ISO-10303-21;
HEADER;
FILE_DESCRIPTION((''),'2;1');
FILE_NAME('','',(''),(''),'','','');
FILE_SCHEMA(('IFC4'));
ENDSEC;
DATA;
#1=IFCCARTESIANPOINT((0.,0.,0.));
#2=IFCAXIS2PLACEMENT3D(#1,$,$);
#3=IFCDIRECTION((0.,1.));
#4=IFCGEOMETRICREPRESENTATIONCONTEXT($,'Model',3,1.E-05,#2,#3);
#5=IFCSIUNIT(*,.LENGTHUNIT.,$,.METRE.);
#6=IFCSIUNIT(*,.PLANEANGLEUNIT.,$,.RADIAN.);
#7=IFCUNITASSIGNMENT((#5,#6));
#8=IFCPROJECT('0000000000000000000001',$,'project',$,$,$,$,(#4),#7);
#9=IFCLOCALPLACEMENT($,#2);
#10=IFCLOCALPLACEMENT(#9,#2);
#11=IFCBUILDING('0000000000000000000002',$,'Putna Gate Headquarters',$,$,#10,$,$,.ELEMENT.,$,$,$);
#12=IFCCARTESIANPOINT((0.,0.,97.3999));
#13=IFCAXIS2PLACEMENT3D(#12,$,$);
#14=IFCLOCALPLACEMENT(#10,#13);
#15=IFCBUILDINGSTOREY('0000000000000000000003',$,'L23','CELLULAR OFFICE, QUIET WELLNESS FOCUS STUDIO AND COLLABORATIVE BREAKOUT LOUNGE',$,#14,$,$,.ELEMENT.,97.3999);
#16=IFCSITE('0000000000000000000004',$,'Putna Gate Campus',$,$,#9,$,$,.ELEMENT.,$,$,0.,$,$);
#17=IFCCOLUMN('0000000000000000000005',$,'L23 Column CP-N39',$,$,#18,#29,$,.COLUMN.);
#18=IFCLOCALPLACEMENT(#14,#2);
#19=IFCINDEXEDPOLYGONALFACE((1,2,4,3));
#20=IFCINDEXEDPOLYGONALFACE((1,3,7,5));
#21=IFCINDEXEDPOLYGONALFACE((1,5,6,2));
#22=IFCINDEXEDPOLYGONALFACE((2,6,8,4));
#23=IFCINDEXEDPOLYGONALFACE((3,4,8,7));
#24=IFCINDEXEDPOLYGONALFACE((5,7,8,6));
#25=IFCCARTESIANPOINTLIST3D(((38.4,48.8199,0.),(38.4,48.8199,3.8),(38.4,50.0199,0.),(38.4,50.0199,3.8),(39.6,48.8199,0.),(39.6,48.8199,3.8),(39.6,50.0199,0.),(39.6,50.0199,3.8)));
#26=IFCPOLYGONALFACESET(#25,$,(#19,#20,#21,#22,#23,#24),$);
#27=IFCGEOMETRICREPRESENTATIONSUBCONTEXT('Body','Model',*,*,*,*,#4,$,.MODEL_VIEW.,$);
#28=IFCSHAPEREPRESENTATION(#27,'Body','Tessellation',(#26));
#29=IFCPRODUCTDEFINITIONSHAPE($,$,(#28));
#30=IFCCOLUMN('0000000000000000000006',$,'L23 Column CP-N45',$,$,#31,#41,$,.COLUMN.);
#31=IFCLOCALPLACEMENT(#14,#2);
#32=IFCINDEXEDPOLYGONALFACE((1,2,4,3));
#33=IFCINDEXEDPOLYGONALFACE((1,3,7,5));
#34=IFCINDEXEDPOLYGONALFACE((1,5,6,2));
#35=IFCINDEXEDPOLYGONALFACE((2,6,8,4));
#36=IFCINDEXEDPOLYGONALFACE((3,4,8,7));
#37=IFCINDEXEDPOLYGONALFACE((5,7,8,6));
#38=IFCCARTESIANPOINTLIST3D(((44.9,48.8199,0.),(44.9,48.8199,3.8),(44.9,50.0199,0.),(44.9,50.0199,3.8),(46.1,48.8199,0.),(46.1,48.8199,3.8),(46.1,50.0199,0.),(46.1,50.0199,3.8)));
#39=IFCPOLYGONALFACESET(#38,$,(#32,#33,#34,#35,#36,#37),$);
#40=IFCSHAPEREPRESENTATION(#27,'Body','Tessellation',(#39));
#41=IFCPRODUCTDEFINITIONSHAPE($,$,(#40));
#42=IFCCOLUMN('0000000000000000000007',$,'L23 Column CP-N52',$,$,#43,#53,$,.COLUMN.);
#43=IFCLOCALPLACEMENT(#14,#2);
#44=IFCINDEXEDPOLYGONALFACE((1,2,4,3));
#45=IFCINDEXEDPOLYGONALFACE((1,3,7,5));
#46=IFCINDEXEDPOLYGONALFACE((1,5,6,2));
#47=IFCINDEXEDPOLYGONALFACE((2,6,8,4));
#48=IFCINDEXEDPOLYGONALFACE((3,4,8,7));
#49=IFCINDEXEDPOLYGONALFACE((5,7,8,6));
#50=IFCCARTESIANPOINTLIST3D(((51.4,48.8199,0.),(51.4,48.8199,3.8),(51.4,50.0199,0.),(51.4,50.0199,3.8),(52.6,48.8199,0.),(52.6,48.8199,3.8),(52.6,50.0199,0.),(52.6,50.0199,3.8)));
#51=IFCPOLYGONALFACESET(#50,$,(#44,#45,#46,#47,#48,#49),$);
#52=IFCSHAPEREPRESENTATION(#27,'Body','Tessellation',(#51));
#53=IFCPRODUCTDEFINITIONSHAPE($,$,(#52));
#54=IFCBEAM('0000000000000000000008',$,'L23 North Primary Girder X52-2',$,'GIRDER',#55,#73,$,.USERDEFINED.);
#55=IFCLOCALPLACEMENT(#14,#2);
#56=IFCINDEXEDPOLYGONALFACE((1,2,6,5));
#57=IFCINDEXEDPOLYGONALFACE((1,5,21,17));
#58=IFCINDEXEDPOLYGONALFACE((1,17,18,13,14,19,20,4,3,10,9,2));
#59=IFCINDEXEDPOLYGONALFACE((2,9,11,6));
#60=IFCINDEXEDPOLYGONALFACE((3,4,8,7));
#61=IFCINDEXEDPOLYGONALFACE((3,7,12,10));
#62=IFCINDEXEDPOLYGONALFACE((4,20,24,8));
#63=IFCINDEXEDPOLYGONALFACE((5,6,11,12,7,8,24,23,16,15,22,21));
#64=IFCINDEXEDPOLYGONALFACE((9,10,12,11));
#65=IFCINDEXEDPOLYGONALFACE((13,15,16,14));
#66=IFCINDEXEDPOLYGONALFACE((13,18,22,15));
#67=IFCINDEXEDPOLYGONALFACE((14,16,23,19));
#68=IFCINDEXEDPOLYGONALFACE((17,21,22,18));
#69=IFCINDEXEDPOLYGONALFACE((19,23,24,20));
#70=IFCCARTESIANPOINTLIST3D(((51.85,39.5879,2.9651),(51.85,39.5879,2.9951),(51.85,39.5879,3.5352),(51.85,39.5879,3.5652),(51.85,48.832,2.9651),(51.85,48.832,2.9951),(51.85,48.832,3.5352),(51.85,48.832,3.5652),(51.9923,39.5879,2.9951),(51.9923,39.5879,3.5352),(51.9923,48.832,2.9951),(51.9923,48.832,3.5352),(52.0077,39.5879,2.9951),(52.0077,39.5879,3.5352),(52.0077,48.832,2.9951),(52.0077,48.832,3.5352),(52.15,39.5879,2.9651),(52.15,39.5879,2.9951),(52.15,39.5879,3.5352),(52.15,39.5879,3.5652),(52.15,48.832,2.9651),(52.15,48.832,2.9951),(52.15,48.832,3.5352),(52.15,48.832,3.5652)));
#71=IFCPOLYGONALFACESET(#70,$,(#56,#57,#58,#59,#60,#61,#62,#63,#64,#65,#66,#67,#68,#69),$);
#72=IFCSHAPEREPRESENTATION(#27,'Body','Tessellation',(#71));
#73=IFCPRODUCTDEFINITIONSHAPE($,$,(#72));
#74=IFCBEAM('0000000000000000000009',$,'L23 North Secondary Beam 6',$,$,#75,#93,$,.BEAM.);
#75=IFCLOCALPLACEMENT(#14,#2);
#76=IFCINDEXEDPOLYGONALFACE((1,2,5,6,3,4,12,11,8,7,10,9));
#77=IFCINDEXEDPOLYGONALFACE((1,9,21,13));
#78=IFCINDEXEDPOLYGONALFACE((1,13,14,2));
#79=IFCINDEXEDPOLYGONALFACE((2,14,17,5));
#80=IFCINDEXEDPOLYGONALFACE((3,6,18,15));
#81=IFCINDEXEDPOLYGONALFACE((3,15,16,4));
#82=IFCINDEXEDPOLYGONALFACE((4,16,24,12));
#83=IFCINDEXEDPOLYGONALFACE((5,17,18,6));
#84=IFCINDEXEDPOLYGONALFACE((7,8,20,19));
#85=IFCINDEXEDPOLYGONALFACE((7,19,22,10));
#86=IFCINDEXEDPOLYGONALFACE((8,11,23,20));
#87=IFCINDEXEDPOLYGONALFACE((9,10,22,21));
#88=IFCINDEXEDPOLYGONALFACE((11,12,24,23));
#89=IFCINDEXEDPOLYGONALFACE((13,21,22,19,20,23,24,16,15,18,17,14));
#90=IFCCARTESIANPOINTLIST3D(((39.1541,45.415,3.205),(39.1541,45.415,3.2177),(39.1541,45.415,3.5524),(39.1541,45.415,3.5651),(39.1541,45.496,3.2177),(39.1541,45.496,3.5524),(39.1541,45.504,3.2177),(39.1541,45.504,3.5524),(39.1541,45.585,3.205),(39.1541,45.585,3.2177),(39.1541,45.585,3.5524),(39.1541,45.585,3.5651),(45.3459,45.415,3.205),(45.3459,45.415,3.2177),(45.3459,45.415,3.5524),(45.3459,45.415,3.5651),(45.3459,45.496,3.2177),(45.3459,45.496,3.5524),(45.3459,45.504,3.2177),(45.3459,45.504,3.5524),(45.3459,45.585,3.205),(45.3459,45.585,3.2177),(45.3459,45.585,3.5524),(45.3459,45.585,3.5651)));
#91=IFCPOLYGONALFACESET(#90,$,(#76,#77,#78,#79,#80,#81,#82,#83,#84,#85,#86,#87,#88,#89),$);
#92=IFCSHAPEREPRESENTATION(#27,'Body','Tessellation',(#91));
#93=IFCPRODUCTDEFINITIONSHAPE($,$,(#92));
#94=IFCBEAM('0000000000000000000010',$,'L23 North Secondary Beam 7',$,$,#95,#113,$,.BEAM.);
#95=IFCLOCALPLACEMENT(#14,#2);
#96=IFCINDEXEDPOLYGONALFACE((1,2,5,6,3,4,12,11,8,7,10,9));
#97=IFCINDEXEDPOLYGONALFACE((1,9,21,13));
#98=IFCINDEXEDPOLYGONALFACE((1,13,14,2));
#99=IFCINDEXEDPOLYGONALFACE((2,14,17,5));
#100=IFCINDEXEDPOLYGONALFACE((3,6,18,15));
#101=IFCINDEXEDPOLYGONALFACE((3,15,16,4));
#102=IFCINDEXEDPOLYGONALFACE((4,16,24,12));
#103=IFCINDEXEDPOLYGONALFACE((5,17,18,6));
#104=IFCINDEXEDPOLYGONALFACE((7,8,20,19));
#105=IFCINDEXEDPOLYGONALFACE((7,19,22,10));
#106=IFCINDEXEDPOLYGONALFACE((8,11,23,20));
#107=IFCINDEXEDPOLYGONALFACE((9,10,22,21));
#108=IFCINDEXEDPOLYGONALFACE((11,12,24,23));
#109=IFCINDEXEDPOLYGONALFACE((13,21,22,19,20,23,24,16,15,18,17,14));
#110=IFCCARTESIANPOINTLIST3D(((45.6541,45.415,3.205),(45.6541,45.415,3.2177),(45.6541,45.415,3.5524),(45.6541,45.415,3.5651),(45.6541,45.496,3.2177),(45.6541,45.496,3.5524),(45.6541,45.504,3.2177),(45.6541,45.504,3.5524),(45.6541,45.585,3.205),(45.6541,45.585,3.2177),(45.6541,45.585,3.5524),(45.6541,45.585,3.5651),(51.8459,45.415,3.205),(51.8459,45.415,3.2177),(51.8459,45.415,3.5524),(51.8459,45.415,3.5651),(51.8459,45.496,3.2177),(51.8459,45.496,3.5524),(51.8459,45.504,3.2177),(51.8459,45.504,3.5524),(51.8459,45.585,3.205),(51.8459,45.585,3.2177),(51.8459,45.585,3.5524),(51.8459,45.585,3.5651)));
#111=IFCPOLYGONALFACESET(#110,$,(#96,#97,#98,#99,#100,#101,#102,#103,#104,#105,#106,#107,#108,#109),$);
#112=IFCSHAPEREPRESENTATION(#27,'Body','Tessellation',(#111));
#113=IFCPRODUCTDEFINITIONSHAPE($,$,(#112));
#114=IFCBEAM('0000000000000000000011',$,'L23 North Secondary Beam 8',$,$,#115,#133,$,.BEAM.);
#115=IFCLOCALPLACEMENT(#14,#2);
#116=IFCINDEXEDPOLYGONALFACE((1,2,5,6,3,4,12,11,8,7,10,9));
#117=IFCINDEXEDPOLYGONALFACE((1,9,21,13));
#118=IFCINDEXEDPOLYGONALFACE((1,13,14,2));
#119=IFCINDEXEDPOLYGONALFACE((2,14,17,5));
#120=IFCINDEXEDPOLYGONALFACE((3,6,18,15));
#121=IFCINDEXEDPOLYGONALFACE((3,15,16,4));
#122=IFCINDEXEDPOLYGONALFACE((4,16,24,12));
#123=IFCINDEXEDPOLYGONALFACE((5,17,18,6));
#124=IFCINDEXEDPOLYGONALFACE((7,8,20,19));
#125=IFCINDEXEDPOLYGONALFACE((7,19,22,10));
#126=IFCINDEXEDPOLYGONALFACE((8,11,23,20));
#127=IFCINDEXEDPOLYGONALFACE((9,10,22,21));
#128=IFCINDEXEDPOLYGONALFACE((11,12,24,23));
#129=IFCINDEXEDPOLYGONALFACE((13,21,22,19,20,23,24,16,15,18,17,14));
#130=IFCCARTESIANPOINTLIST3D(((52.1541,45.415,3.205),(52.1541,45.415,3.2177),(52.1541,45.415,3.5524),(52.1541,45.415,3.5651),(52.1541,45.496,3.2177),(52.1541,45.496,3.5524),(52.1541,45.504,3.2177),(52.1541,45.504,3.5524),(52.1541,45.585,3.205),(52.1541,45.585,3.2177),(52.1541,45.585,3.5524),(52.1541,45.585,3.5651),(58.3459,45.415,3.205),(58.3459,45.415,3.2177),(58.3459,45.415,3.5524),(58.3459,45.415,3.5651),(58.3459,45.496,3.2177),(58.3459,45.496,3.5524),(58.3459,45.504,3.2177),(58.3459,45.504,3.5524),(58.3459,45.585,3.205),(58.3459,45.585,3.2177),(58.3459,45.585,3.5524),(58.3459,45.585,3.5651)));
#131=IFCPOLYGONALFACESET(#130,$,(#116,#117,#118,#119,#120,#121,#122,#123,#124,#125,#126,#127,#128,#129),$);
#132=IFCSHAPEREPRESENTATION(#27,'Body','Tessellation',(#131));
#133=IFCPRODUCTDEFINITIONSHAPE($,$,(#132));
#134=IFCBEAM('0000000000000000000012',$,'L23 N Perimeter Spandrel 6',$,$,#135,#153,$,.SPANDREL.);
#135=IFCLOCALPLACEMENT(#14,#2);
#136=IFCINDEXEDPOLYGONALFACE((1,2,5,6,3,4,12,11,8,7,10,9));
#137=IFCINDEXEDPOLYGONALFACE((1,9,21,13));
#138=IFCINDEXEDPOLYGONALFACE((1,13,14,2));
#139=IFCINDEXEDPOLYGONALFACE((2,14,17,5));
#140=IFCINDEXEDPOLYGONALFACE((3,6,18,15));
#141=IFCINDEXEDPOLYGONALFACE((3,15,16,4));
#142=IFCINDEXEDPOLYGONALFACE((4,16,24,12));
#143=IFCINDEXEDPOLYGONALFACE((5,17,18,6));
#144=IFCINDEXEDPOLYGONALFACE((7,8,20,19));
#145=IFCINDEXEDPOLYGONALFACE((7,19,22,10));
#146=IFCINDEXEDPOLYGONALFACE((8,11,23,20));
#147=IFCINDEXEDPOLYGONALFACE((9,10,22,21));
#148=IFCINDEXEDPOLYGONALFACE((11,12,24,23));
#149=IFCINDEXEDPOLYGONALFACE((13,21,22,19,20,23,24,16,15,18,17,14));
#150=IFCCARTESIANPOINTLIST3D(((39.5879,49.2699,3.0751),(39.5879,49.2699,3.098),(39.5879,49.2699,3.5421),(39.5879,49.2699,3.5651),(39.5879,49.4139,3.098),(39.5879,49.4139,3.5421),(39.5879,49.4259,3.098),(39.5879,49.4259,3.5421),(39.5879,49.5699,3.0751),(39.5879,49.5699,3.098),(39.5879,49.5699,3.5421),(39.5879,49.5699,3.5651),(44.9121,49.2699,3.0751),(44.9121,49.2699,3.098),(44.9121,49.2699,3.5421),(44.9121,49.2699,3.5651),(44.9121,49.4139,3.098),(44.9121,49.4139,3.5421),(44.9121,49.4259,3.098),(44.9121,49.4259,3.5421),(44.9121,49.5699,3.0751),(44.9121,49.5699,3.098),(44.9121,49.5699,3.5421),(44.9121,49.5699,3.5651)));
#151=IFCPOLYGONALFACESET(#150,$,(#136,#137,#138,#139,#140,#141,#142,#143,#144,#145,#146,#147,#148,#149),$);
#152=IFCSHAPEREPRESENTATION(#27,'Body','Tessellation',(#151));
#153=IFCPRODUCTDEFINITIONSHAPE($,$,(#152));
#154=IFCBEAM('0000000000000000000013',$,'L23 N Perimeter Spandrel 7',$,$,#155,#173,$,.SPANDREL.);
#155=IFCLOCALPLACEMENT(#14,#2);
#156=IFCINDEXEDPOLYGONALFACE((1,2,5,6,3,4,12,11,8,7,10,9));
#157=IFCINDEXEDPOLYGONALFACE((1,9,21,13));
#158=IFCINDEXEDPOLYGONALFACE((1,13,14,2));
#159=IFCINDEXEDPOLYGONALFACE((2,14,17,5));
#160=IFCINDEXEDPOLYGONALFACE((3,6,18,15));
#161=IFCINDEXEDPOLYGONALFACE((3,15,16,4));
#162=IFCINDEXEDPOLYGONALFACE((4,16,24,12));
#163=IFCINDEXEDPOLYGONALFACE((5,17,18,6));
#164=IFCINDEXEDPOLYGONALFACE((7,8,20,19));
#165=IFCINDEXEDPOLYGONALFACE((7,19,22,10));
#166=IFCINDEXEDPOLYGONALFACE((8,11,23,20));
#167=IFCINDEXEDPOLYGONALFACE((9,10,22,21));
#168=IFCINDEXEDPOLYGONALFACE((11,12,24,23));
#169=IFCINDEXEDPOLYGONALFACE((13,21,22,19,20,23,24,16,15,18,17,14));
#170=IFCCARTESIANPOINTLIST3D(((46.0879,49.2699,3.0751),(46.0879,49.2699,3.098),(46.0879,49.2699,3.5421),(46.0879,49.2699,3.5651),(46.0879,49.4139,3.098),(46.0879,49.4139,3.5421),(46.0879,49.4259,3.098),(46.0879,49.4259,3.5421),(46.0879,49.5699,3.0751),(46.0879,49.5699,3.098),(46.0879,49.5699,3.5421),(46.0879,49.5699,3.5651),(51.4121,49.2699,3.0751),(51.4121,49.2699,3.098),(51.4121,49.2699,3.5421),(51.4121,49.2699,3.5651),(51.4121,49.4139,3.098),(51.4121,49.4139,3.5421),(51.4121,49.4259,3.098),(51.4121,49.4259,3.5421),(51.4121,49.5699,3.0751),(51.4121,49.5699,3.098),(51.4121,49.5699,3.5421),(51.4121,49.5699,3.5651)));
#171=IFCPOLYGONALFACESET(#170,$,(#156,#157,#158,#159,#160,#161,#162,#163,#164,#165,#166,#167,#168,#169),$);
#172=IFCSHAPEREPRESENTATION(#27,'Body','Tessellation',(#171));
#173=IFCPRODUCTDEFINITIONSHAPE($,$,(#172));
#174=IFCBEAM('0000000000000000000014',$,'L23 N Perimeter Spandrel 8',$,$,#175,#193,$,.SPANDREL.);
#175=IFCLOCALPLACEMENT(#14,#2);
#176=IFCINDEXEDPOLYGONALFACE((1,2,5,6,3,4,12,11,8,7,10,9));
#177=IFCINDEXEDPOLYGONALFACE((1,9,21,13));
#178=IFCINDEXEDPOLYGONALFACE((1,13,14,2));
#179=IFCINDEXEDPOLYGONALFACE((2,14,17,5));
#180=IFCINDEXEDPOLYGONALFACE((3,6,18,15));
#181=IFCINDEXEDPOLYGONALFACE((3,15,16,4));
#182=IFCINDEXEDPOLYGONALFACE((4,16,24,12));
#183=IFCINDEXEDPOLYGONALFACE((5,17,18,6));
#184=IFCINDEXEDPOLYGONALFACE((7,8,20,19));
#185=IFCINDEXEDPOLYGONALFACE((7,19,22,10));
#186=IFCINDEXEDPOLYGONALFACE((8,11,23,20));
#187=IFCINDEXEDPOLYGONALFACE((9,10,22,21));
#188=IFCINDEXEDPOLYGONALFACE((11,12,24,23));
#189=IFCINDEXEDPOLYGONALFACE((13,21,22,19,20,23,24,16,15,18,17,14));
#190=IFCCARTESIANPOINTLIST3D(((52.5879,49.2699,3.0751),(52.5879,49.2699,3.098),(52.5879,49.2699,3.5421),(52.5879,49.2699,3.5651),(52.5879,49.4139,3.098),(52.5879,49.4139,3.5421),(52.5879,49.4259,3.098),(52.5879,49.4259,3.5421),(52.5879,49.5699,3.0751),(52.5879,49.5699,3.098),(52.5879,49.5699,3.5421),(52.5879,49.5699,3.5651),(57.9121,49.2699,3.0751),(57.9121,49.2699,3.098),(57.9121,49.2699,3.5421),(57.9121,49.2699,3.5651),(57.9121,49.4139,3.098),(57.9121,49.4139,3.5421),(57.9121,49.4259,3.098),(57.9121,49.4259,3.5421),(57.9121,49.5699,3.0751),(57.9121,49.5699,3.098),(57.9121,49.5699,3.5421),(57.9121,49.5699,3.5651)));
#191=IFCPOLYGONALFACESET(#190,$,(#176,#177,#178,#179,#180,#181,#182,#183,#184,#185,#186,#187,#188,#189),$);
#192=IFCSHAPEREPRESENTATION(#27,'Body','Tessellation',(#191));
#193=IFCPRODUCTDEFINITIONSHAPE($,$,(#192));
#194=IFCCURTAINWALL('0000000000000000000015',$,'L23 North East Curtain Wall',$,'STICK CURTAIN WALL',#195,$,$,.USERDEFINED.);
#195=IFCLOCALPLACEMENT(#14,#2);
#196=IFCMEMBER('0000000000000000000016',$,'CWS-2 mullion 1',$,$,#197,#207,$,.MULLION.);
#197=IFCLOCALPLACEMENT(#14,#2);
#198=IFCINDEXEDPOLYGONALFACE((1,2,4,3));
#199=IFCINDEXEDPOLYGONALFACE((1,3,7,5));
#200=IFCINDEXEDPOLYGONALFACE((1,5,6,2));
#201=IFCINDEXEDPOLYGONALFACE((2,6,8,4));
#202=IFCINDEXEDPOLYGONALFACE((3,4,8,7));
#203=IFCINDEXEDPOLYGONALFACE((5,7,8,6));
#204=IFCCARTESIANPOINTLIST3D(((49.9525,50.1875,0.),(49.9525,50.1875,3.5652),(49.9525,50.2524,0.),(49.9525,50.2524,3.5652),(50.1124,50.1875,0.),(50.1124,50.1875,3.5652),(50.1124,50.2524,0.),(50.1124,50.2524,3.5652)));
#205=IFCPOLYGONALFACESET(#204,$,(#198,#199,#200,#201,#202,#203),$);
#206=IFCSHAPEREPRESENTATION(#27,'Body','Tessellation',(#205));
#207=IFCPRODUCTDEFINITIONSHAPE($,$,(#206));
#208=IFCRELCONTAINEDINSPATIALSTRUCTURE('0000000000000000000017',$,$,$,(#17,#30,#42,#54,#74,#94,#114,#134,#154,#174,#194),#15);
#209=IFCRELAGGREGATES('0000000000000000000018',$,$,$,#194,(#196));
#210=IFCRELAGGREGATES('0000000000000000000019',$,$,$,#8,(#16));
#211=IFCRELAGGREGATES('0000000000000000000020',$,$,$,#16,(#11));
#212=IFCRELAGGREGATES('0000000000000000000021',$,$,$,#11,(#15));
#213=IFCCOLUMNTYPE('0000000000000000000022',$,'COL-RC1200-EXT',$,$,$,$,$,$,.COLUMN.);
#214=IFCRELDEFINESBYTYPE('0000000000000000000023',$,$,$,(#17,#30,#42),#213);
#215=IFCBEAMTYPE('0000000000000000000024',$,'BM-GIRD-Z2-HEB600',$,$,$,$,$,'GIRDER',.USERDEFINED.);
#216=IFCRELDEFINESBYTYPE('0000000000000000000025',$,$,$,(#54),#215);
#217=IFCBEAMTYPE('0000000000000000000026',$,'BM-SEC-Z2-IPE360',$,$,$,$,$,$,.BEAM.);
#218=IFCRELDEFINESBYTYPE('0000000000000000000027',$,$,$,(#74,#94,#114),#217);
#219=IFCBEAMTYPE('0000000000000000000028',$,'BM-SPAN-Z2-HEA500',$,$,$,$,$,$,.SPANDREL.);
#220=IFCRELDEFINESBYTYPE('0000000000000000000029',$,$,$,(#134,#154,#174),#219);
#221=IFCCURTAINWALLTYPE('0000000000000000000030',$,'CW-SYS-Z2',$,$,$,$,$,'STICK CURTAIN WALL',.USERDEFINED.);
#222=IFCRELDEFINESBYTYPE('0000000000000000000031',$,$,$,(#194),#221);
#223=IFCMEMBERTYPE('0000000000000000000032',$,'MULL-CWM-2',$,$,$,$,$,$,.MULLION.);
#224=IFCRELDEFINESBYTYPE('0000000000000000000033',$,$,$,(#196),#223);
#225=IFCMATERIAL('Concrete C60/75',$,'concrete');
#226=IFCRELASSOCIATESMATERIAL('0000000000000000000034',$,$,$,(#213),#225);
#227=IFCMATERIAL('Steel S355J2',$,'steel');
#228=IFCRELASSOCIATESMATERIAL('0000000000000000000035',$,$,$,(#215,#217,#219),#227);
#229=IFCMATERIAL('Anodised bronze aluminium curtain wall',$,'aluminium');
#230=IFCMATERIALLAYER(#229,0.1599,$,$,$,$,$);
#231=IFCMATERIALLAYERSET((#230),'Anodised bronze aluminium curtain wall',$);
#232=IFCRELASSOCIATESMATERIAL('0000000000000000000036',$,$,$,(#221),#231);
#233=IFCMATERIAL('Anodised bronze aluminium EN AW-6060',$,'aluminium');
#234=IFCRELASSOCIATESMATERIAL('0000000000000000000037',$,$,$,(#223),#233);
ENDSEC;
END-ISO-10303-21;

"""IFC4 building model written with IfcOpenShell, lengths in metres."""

from ifc_helpers import new_model, si_unit, direction, frame, origin, origin_2d, place, context, subcontext, project, spatial, rectangle, i_section, extrude, material, layer, layer_set, material_profile, profile_set, type_object, element, aggregate, save


model = new_model("IFC4")

# Units and contexts
model_context = context("Model", 3, precision=1e-05, world=origin(), true_north=direction((0.0, 1.0)))
body_context = subcontext(model_context, "Body", "Model", "MODEL_VIEW")
ifc_project = project(units=[si_unit("LENGTHUNIT", "METRE"), si_unit("PLANEANGLEUNIT", "RADIAN")], contexts=[model_context])

# Site, building, storey
site_placement = place(None, origin())
site = spatial("IfcSite", under=ifc_project, at=site_placement, Name="Putna Gate Campus", CompositionType="ELEMENT", RefElevation=0.0)
building_placement = place(site_placement, origin())
building = spatial("IfcBuilding", under=site, at=building_placement, Name="Putna Gate Headquarters", CompositionType="ELEMENT")
storey_placement = place(building_placement, frame((0.0, 0.0, 97.3999)))
storey = spatial("IfcBuildingStorey", under=building, at=storey_placement, Name="L23", Description="CELLULAR OFFICE, QUIET WELLNESS FOCUS STUDIO AND COLLABORATIVE BREAKOUT LOUNGE", CompositionType="ELEMENT", Elevation=97.3999)

# Columns
ifc_material_1 = material(Name="Concrete C60/75", Category="concrete")
ifc_material_profile_1 = material_profile(ifc_material_1, rectangle(XDim=1.2, YDim=1.2, at=origin_2d()), Name="Concrete C60/75")
ifc_profile_set_1 = profile_set([ifc_material_profile_1], Name="Concrete C60/75")
column_type = type_object("IfcColumnType", Name="COL-RC1200-EXT", PredefinedType="COLUMN", material=ifc_profile_set_1)
for number, where, z_axis, x_axis, name in (
    (1, (39.0, 49.4199, 0.0), (0.0, 0.0, 1.0), (1.0, 0.0, 0.0), "L23 Column CP-N39"),
    (2, (45.5, 49.4199, 0.0), (0.0, 0.0, 1.0), (1.0, 0.0, 0.0), "L23 Column CP-N45"),
    (3, (52.0, 49.4199, 0.0), (0.0, 0.0, 1.0), (1.0, 0.0, 0.0), "L23 Column CP-N52"),
):
    element("IfcColumn", number, at=place(storey_placement, frame(where, z_axis=z_axis, x_axis=x_axis)), inside=storey, type_object=column_type, Name=name, PredefinedType="COLUMN", context=body_context, shape_type="SweptSolid", body=[
        extrude(rectangle(XDim=1.2, YDim=1.2, at=origin_2d()), origin(), (0.0, 0.0, 1.0), 3.8),
    ])

# Beams
ifc_material_2 = material(Name="Steel S355J2", Category="steel")
ifc_material_profile_2 = material_profile(ifc_material_2, i_section(OverallWidth=0.3, OverallDepth=0.6001, WebThickness=0.0154, FlangeThickness=0.03, at=origin_2d()), Name="Steel S355J2")
ifc_profile_set_2 = profile_set([ifc_material_profile_2], Name="Steel S355J2")
beam_type_1 = type_object("IfcBeamType", Name="BM-GIRD-Z2-HEB600", ElementType="GIRDER", PredefinedType="USERDEFINED", material=ifc_profile_set_2)
beam_placement = place(storey_placement, frame((52.0, 39.5879, 3.2651), z_axis=(0.0, 1.0, 0.0), x_axis=(-1.0, 0.0, 0.0)))
element("IfcBeam", 4, at=beam_placement, inside=storey, type_object=beam_type_1, Name="L23 North Primary Girder X52-2", ObjectType="GIRDER", PredefinedType="USERDEFINED", context=body_context, shape_type="SweptSolid", body=[
    extrude(i_section(OverallWidth=0.3, OverallDepth=0.6001, WebThickness=0.0154, FlangeThickness=0.03, at=origin_2d()), origin(), (0.0, 0.0, 1.0), 9.2441),
])
ifc_material_profile_3 = material_profile(ifc_material_2, i_section(OverallWidth=0.1699, OverallDepth=0.3601, WebThickness=0.0081, FlangeThickness=0.0127, at=origin_2d()), Name="Steel S355J2")
ifc_profile_set_3 = profile_set([ifc_material_profile_3], Name="Steel S355J2")
beam_type_2 = type_object("IfcBeamType", Name="BM-SEC-Z2-IPE360", PredefinedType="BEAM", material=ifc_profile_set_3)
for number, where, z_axis, x_axis, name in (
    (5, (39.1541, 45.5, 3.385), (1.0, 0.0, 0.0), (0.0, 1.0, 0.0), "L23 North Secondary Beam 6"),
    (6, (45.6541, 45.5, 3.385), (1.0, 0.0, 0.0), (0.0, 1.0, 0.0), "L23 North Secondary Beam 7"),
    (7, (52.1541, 45.5, 3.385), (1.0, 0.0, 0.0), (0.0, 1.0, 0.0), "L23 North Secondary Beam 8"),
):
    element("IfcBeam", number, at=place(storey_placement, frame(where, z_axis=z_axis, x_axis=x_axis)), inside=storey, type_object=beam_type_2, Name=name, PredefinedType="BEAM", context=body_context, shape_type="SweptSolid", body=[
        extrude(i_section(OverallWidth=0.1699, OverallDepth=0.3601, WebThickness=0.0081, FlangeThickness=0.0127, at=origin_2d()), origin(), (0.0, 0.0, 1.0), 6.1919),
    ])
ifc_material_profile_4 = material_profile(ifc_material_2, i_section(OverallWidth=0.3, OverallDepth=0.49, WebThickness=0.012, FlangeThickness=0.0229, at=origin_2d()), Name="Steel S355J2")
ifc_profile_set_4 = profile_set([ifc_material_profile_4], Name="Steel S355J2")
beam_type_3 = type_object("IfcBeamType", Name="BM-SPAN-Z2-HEA500", PredefinedType="SPANDREL", material=ifc_profile_set_4)
for number, where, z_axis, x_axis, name in (
    (8, (39.5879, 49.4199, 3.3201), (1.0, 0.0, 0.0), (0.0, 1.0, 0.0), "L23 N Perimeter Spandrel 6"),
    (9, (46.0879, 49.4199, 3.3201), (1.0, 0.0, 0.0), (0.0, 1.0, 0.0), "L23 N Perimeter Spandrel 7"),
    (10, (52.5879, 49.4199, 3.3201), (1.0, 0.0, 0.0), (0.0, 1.0, 0.0), "L23 N Perimeter Spandrel 8"),
):
    element("IfcBeam", number, at=place(storey_placement, frame(where, z_axis=z_axis, x_axis=x_axis)), inside=storey, type_object=beam_type_3, Name=name, PredefinedType="SPANDREL", context=body_context, shape_type="SweptSolid", body=[
        extrude(i_section(OverallWidth=0.3, OverallDepth=0.49, WebThickness=0.012, FlangeThickness=0.0229, at=origin_2d()), origin(), (0.0, 0.0, 1.0), 5.3242),
    ])

# Curtain wall, member
ifc_material_3 = material(Name="Anodised bronze aluminium curtain wall", Category="aluminium")
ifc_layer_1 = layer(ifc_material_3, 0.1599)
ifc_layer_set_1 = layer_set([ifc_layer_1], Name="Anodised bronze aluminium curtain wall")
curtain_wall_type_1 = type_object("IfcCurtainWallType", Name="CW-SYS-Z2", ElementType="STICK CURTAIN WALL", PredefinedType="USERDEFINED", material=ifc_layer_set_1)
curtain_wall_1_placement = place(storey_placement, origin())
curtain_wall_1 = element("IfcCurtainWall", 11, at=curtain_wall_1_placement, inside=storey, type_object=curtain_wall_type_1, Name="L23 North East Curtain Wall", ObjectType="STICK CURTAIN WALL", PredefinedType="USERDEFINED")
ifc_material_4 = material(Name="Anodised bronze aluminium EN AW-6060", Category="aluminium")
ifc_material_profile_5 = material_profile(ifc_material_4, rectangle(XDim=0.0649, YDim=0.1599, at=origin_2d()), Name="Anodised bronze aluminium EN AW-6060")
ifc_profile_set_5 = profile_set([ifc_material_profile_5], Name="Anodised bronze aluminium EN AW-6060")
member_type_1 = type_object("IfcMemberType", Name="MULL-CWM-2", PredefinedType="MULLION", material=ifc_profile_set_5)
member_1_placement = place(storey_placement, frame((50.0325, 50.22, 0.0), z_axis=(0.0, 0.0, 1.0), x_axis=(0.0, 1.0, 0.0)))
member_1 = element("IfcMember", 12, at=member_1_placement, type_object=member_type_1, Name="CWS-2 mullion 1", PredefinedType="MULLION", context=body_context, shape_type="SweptSolid", body=[
    extrude(rectangle(XDim=0.0649, YDim=0.1599, at=origin_2d()), origin(), (0.0, 0.0, 1.0), 3.5652),
])

aggregate(curtain_wall_1, [member_1])

save(model, "model.ifc")
